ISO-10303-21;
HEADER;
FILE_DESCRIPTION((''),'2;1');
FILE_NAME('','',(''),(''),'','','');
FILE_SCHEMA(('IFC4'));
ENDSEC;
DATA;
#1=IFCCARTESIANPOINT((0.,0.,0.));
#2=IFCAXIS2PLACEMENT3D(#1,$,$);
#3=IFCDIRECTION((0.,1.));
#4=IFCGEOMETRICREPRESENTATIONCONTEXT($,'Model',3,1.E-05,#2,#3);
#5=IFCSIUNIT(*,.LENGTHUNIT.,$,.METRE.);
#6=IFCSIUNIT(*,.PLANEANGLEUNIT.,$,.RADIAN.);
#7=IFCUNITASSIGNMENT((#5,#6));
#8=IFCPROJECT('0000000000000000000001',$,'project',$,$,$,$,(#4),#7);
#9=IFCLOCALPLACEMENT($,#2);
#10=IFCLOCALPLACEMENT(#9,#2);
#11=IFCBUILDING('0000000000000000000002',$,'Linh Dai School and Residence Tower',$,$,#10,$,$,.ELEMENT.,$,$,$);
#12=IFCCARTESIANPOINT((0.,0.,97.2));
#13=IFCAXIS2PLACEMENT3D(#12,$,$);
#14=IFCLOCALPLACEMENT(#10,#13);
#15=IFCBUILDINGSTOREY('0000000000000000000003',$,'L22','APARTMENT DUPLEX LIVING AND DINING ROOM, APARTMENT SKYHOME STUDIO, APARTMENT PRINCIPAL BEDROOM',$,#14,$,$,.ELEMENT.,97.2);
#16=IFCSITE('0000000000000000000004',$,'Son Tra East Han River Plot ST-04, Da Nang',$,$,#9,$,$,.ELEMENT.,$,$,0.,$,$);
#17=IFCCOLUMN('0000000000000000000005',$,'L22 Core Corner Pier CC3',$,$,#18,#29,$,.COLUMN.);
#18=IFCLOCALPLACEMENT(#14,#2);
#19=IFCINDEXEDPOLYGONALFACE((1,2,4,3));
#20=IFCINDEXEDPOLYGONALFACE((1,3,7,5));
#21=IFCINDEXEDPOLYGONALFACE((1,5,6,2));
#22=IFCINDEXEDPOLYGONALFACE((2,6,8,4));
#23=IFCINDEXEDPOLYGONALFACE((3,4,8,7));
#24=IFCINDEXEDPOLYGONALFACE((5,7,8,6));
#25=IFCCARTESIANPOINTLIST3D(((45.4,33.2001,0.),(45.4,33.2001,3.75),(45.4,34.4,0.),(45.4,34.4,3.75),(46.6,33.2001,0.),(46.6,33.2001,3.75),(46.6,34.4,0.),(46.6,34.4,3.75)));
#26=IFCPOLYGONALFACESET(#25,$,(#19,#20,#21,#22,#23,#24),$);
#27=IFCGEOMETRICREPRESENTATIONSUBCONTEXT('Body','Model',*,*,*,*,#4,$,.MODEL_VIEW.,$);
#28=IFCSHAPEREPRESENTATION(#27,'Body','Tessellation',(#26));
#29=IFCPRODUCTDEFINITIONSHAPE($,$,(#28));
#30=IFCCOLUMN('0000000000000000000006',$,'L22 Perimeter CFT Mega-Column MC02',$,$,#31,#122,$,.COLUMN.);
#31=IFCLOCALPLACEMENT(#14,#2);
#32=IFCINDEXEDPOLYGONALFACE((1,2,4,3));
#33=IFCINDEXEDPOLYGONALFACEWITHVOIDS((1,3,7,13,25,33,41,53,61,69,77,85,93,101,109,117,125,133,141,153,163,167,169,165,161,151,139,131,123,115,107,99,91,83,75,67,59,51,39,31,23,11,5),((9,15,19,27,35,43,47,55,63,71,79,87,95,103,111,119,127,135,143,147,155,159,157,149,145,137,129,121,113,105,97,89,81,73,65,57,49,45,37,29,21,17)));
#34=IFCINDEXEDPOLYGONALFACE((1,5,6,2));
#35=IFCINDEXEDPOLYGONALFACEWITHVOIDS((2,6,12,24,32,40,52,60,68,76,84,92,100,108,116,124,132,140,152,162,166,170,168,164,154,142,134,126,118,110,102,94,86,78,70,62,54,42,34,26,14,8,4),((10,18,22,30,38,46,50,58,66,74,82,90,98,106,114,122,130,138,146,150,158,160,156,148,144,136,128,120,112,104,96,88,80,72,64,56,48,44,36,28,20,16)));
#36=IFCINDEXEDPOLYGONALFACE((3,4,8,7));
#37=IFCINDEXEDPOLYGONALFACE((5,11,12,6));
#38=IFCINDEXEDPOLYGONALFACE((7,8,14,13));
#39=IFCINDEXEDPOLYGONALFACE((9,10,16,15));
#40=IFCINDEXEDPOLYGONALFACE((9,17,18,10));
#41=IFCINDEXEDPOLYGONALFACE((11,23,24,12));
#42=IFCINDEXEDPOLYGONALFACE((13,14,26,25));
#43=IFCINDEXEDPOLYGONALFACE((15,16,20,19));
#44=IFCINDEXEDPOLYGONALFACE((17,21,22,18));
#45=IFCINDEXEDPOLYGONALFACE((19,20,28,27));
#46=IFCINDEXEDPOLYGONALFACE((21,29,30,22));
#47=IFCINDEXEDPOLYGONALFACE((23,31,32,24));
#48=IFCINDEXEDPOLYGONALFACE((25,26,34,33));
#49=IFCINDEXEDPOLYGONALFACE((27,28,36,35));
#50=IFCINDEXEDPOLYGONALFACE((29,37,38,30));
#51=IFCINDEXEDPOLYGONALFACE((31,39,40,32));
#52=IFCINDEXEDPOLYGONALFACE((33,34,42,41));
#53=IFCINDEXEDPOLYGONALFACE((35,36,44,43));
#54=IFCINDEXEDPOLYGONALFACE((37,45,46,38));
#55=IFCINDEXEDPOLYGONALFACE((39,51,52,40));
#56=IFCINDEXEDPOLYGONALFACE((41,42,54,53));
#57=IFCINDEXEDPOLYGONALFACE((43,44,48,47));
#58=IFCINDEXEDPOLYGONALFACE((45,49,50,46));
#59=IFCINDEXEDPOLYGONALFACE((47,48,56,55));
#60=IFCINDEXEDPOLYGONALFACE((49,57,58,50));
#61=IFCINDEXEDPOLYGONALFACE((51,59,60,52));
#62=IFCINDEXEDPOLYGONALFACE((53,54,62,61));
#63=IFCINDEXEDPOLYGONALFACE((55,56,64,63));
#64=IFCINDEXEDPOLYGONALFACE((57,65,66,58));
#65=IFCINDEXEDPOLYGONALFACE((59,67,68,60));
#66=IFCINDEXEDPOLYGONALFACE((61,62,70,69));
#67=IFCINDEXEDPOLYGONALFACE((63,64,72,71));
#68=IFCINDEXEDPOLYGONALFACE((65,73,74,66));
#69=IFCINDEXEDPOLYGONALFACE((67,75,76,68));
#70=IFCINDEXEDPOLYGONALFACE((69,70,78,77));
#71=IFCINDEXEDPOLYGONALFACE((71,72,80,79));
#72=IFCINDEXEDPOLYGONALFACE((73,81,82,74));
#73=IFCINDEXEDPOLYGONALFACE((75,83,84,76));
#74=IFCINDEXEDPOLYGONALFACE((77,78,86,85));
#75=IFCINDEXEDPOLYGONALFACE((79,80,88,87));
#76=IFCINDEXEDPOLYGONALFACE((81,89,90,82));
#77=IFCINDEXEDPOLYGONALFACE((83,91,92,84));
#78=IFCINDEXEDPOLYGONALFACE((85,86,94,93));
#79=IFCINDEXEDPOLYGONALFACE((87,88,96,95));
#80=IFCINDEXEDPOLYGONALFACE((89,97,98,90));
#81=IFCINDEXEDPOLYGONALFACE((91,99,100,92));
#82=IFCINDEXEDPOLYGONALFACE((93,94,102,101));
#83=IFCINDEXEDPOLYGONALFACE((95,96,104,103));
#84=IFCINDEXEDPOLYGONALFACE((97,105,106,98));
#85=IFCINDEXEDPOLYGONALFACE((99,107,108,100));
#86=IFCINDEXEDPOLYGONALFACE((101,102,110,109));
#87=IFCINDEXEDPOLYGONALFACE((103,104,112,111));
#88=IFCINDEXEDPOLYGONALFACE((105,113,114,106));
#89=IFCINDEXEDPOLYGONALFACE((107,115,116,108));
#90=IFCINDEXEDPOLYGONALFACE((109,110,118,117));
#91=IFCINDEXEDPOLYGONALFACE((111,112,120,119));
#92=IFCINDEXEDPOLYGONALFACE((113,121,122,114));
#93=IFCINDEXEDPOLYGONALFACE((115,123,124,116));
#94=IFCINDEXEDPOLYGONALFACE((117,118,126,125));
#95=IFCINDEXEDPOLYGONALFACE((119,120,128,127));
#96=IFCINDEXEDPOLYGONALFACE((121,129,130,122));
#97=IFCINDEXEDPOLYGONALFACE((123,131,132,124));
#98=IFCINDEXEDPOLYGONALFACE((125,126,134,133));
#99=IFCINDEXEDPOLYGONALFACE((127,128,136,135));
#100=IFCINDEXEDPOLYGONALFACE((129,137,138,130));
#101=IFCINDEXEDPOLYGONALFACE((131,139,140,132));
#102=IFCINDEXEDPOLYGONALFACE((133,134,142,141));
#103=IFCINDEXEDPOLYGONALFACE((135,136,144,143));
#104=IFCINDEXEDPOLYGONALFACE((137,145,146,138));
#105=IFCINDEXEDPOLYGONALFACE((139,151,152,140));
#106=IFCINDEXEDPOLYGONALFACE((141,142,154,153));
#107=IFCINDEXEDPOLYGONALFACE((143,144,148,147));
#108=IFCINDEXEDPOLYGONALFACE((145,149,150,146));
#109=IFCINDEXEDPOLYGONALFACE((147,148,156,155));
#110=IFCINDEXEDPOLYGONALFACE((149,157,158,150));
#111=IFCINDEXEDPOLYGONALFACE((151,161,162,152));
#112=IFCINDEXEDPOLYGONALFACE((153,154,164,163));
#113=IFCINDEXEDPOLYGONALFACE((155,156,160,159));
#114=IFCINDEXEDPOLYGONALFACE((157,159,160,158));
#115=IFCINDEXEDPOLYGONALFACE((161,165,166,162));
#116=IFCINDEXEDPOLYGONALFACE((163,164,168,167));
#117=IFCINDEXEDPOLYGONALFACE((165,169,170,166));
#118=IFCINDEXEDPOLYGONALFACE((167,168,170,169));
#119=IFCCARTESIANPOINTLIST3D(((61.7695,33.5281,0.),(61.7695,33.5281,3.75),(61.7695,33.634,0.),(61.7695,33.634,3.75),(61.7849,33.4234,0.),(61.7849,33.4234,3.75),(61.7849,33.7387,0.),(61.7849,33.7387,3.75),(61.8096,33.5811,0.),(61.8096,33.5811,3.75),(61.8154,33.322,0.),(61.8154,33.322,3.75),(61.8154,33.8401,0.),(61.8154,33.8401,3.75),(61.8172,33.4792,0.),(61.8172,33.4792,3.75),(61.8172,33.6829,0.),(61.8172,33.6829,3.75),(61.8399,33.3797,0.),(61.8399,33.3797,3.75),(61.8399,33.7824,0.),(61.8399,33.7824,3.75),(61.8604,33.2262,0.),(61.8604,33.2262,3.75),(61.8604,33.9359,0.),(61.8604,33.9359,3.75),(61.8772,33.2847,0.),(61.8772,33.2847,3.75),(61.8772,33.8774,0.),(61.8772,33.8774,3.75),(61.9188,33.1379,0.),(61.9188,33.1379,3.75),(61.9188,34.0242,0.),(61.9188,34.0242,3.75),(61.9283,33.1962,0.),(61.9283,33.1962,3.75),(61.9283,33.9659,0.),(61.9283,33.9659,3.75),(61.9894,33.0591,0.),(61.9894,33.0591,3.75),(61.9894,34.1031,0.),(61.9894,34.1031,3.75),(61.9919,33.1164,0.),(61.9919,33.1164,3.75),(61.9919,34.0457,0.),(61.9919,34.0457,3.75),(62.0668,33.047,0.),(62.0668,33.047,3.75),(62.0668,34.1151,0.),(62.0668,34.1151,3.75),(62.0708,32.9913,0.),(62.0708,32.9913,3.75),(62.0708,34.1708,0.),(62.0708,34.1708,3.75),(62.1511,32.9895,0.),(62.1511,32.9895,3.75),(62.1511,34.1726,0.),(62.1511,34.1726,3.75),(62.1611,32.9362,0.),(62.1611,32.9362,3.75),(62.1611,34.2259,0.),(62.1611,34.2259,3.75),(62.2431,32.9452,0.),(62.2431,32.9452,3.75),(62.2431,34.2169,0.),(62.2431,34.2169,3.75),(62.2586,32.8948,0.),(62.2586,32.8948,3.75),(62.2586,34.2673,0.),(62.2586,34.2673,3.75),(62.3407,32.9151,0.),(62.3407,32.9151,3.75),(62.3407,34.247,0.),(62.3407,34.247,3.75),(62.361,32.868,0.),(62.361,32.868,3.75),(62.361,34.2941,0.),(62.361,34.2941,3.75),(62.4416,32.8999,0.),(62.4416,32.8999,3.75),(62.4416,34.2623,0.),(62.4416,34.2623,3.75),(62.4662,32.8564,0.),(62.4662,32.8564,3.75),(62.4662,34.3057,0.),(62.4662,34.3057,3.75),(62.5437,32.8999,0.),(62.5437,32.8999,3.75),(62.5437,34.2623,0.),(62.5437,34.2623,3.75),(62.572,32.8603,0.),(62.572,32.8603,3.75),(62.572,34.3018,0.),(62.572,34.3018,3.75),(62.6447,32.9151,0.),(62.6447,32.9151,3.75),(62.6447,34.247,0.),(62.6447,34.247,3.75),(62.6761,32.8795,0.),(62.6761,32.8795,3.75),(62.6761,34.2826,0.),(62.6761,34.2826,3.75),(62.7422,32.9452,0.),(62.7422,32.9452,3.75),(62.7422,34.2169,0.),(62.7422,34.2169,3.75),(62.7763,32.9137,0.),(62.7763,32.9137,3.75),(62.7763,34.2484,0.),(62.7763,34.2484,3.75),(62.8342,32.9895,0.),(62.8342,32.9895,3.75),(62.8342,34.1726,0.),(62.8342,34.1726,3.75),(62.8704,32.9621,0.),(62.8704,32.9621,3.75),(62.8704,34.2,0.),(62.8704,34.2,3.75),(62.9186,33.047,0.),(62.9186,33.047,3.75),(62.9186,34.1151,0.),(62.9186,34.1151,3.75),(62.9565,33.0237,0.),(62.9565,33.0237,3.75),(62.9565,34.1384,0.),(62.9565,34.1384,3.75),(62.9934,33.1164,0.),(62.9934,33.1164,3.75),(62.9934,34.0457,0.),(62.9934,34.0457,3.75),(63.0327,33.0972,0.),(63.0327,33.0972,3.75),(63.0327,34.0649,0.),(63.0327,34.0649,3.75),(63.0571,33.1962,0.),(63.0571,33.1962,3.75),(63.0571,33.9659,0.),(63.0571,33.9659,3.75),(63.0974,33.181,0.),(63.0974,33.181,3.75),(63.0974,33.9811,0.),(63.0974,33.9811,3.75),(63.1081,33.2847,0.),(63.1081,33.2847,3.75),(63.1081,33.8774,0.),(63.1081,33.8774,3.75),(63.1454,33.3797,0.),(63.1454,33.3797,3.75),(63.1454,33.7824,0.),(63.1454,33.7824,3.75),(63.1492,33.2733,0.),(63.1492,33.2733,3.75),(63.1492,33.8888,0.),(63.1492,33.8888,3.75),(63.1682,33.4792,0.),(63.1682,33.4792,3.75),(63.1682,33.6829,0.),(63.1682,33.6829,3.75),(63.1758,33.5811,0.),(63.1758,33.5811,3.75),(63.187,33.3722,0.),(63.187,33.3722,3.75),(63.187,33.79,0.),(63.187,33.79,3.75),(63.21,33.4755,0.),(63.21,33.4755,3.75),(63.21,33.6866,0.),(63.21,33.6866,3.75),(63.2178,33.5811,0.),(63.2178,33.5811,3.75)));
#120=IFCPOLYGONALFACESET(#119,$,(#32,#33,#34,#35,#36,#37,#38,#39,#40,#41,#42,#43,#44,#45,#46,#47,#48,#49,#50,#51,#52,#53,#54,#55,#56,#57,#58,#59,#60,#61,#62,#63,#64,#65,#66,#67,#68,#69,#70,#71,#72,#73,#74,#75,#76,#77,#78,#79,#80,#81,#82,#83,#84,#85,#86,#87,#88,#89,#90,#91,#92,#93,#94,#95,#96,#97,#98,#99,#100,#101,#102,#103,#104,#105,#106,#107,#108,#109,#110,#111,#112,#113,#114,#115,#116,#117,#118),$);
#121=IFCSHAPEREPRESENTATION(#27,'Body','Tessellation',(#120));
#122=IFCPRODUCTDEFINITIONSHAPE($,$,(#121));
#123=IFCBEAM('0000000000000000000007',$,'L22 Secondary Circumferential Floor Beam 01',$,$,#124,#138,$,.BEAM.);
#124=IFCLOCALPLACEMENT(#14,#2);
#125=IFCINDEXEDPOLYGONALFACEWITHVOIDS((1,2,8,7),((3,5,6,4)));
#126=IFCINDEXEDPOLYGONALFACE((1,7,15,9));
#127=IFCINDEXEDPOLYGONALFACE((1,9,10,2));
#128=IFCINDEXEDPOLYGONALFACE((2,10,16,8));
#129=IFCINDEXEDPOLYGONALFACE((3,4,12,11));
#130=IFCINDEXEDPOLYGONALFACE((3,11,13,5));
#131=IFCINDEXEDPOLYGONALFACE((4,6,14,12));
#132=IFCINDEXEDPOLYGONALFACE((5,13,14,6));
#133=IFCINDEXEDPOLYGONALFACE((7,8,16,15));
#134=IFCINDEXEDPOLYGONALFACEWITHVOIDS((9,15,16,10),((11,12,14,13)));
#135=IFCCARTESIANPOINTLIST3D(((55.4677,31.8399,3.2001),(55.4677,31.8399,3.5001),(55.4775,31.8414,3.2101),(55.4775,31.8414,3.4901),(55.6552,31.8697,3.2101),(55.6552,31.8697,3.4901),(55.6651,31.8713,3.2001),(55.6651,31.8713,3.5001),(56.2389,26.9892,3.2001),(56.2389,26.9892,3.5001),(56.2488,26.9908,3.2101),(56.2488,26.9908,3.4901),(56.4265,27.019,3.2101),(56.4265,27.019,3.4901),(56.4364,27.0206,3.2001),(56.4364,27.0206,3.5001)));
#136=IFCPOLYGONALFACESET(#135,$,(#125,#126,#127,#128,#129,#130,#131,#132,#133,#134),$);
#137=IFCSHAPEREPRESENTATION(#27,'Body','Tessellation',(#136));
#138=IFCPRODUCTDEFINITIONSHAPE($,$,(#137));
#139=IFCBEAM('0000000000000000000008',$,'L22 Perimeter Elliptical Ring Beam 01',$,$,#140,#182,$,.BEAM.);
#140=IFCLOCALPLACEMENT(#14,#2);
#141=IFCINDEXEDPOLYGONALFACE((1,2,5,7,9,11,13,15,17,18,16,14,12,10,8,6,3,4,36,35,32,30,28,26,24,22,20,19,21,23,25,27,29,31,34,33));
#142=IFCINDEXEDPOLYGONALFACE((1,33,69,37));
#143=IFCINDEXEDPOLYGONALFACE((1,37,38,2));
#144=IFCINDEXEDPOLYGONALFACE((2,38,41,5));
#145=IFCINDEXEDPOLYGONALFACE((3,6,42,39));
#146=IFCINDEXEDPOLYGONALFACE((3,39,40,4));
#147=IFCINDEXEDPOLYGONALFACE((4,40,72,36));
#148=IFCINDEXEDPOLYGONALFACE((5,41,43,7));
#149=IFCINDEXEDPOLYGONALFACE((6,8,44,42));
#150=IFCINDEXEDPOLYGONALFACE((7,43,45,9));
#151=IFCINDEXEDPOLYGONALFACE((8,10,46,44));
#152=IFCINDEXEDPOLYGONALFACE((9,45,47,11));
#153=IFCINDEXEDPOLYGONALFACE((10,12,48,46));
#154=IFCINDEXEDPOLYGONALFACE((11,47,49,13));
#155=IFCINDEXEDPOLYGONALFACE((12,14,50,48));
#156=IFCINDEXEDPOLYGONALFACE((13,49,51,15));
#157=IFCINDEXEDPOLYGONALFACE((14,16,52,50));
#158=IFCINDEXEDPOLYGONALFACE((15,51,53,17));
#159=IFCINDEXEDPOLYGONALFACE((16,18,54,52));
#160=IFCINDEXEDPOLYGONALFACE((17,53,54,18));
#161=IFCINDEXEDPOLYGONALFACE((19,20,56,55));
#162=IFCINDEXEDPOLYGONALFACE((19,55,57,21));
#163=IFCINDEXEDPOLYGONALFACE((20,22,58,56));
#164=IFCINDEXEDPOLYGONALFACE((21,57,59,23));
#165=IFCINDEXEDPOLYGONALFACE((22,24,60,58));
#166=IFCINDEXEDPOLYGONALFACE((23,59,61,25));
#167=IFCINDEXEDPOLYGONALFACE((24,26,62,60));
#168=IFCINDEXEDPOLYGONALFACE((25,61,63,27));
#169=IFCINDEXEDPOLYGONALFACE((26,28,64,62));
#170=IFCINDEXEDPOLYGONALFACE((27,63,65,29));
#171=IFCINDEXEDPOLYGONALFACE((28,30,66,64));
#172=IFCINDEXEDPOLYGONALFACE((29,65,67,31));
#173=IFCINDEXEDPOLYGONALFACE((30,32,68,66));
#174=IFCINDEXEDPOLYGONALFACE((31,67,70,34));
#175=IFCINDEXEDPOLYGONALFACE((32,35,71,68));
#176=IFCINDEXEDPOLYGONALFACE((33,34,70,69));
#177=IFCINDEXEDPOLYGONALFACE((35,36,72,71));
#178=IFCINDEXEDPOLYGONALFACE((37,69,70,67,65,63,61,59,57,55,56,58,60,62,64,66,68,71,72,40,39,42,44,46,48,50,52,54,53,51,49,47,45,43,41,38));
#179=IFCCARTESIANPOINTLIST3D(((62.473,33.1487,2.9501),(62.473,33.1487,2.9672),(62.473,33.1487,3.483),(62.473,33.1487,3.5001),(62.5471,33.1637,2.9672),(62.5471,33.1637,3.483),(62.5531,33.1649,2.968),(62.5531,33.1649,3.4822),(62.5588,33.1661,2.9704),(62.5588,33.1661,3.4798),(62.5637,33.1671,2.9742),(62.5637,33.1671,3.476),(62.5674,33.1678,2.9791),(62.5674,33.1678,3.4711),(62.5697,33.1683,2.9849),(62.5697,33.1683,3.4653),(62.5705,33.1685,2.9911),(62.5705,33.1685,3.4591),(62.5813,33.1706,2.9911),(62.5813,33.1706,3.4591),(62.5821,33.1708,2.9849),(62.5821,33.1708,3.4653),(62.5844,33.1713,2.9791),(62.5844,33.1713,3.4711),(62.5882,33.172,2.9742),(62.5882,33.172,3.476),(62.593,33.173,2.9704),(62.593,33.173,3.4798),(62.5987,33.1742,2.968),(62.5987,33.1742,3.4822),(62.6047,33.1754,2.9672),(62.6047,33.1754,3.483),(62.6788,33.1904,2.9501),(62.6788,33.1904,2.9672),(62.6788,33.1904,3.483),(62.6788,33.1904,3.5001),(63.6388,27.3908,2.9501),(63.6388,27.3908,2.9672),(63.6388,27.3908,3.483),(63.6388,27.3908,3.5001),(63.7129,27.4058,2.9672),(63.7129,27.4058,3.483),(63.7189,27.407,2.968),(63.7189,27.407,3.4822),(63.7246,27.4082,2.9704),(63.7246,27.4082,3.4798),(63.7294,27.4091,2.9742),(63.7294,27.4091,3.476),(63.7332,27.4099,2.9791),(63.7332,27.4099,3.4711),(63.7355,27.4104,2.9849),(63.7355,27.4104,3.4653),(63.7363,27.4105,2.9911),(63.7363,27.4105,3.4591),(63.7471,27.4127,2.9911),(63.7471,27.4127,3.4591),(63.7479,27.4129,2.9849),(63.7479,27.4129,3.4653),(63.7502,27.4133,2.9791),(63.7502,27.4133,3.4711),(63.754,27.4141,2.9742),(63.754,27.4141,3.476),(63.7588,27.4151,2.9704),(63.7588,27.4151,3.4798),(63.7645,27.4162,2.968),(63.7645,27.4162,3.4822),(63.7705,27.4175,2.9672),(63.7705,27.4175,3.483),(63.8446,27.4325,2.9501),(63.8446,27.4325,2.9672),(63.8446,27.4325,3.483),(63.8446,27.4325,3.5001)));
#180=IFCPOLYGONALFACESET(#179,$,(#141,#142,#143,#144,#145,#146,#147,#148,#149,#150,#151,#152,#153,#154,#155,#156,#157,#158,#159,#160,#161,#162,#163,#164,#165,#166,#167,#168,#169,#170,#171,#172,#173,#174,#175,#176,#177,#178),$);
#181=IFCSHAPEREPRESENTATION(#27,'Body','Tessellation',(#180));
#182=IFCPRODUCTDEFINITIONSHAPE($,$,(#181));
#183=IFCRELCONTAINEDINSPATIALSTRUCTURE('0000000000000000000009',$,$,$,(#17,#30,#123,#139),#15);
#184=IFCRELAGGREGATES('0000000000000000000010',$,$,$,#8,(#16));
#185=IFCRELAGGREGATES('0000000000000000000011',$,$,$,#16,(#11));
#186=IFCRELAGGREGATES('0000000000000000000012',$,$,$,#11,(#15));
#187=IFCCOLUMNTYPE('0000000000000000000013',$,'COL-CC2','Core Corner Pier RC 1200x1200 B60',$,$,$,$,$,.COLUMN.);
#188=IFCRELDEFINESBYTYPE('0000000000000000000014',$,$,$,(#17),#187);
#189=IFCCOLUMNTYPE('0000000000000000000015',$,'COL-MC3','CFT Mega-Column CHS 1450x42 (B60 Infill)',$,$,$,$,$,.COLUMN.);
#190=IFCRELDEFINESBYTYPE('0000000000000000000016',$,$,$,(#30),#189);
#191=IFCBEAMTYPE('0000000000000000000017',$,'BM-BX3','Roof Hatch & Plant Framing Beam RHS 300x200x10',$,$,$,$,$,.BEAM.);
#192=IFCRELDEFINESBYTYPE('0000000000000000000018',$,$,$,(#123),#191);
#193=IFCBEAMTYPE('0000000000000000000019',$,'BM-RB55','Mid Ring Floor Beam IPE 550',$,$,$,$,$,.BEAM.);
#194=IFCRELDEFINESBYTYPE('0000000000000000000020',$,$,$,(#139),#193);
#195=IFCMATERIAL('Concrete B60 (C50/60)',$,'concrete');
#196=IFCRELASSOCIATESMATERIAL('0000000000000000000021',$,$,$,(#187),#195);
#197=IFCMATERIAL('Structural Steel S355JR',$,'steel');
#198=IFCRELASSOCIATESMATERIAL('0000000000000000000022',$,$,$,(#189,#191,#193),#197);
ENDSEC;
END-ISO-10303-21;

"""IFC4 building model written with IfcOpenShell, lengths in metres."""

from ifc_helpers import new_model, si_unit, direction, frame, origin, origin_2d, place, context, subcontext, project, spatial, rectangle, hollow_rectangle, hollow_circle, i_section, extrude, material, material_profile, profile_set, type_object, element, save


model = new_model("IFC4")

# Units and contexts
model_context = context("Model", 3, precision=1e-05, world=origin(), true_north=direction((0.0, 1.0)))
body_context = subcontext(model_context, "Body", "Model", "MODEL_VIEW")
ifc_project = project(units=[si_unit("LENGTHUNIT", "METRE"), si_unit("PLANEANGLEUNIT", "RADIAN")], contexts=[model_context])

# Site, building, storey
site_placement = place(None, origin())
site = spatial("IfcSite", under=ifc_project, at=site_placement, Name="Son Tra East Han River Plot ST-04, Da Nang", CompositionType="ELEMENT", RefElevation=0.0)
building_placement = place(site_placement, origin())
building = spatial("IfcBuilding", under=site, at=building_placement, Name="Linh Dai School and Residence Tower", CompositionType="ELEMENT")
storey_placement = place(building_placement, frame((0.0, 0.0, 97.2)))
storey = spatial("IfcBuildingStorey", under=building, at=storey_placement, Name="L22", Description="APARTMENT DUPLEX LIVING AND DINING ROOM, APARTMENT SKYHOME STUDIO, APARTMENT PRINCIPAL BEDROOM", CompositionType="ELEMENT", Elevation=97.2)

# Columns
ifc_material_1 = material(Name="Concrete B60 (C50/60)", Category="concrete")
ifc_material_profile_1 = material_profile(ifc_material_1, rectangle(XDim=1.2, YDim=1.2, at=origin_2d()), Name="RC 1200x1200")
ifc_profile_set_1 = profile_set([ifc_material_profile_1], Name="Concrete B60 (C50/60)")
column_type_1 = type_object("IfcColumnType", Name="COL-CC2", Description="Core Corner Pier RC 1200x1200 B60", PredefinedType="COLUMN", material=ifc_profile_set_1)
column_1_placement = place(storey_placement, frame((46.0, 33.8, 0.0), z_axis=(0.0, 0.0, 1.0), x_axis=(1.0, 0.0, 0.0)))
element("IfcColumn", 1, at=column_1_placement, inside=storey, type_object=column_type_1, Name="L22 Core Corner Pier CC3", PredefinedType="COLUMN", context=body_context, shape_type="SweptSolid", body=[
    extrude(rectangle(XDim=1.2, YDim=1.2, at=origin_2d()), origin(), (0.0, 0.0, 1.0), 3.75),
])
ifc_material_2 = material(Name="Structural Steel S355JR", Category="steel")
ifc_material_profile_2 = material_profile(ifc_material_2, hollow_circle(Radius=0.7251, WallThickness=0.042, at=origin_2d()), Name="CHS 1450x42")
ifc_profile_set_2 = profile_set([ifc_material_profile_2], Name="Structural Steel S355JR")
column_type_2 = type_object("IfcColumnType", Name="COL-MC3", Description="CFT Mega-Column CHS 1450x42 (B60 Infill)", PredefinedType="COLUMN", material=ifc_profile_set_2)
column_2_placement = place(storey_placement, frame((62.4927, 33.5811, 0.0), z_axis=(0.0, 0.0, 1.0), x_axis=(1.0, 0.0, 0.0)))
element("IfcColumn", 2, at=column_2_placement, inside=storey, type_object=column_type_2, Name="L22 Perimeter CFT Mega-Column MC02", PredefinedType="COLUMN", context=body_context, shape_type="SweptSolid", body=[
    extrude(hollow_circle(Radius=0.7251, WallThickness=0.042, at=origin_2d()), origin(), (0.0, 0.0, 1.0), 3.75),
])

# Beams
ifc_material_profile_3 = material_profile(ifc_material_2, hollow_rectangle(XDim=0.2, YDim=0.3, WallThickness=0.01, at=origin_2d()), Name="RHS 300x200x10")
ifc_profile_set_3 = profile_set([ifc_material_profile_3], Name="Structural Steel S355JR")
beam_type_1 = type_object("IfcBeamType", Name="BM-BX3", Description="Roof Hatch & Plant Framing Beam RHS 300x200x10", PredefinedType="BEAM", material=ifc_profile_set_3)
beam_1_placement = place(storey_placement, frame((56.3376, 27.0049, 3.3501), z_axis=(-0.157027, 0.987594, 0.0), x_axis=(-0.987594, -0.157027, 0.0)))
element("IfcBeam", 3, at=beam_1_placement, inside=storey, type_object=beam_type_1, Name="L22 Secondary Circumferential Floor Beam 01", PredefinedType="BEAM", context=body_context, shape_type="SweptSolid", body=[
    extrude(hollow_rectangle(XDim=0.2, YDim=0.3, WallThickness=0.01, at=origin_2d()), origin(), (0.0, 0.0, 1.0), 4.9116),
])
ifc_material_profile_4 = material_profile(ifc_material_2, i_section(OverallWidth=0.21, OverallDepth=0.55, WebThickness=0.011, FlangeThickness=0.0171, FilletRadius=0.0239, at=origin_2d()), Name="IPE 550")
ifc_profile_set_4 = profile_set([ifc_material_profile_4], Name="Structural Steel S355JR")
beam_type_2 = type_object("IfcBeamType", Name="BM-RB55", Description="Mid Ring Floor Beam IPE 550", PredefinedType="BEAM", material=ifc_profile_set_4)
beam_2_placement = place(storey_placement, frame((63.7417, 27.4116, 3.2251), z_axis=(-0.198441, 0.980113, 0.0), x_axis=(-0.980113, -0.198441, 0.0)))
element("IfcBeam", 4, at=beam_2_placement, inside=storey, type_object=beam_type_2, Name="L22 Perimeter Elliptical Ring Beam 01", PredefinedType="BEAM", context=body_context, shape_type="SweptSolid", body=[
    extrude(i_section(OverallWidth=0.21, OverallDepth=0.55, WebThickness=0.011, FlangeThickness=0.0171, FilletRadius=0.0239, at=origin_2d()), origin(), (0.0, 0.0, 1.0), 5.8748),
])

save(model, "model.ifc")
